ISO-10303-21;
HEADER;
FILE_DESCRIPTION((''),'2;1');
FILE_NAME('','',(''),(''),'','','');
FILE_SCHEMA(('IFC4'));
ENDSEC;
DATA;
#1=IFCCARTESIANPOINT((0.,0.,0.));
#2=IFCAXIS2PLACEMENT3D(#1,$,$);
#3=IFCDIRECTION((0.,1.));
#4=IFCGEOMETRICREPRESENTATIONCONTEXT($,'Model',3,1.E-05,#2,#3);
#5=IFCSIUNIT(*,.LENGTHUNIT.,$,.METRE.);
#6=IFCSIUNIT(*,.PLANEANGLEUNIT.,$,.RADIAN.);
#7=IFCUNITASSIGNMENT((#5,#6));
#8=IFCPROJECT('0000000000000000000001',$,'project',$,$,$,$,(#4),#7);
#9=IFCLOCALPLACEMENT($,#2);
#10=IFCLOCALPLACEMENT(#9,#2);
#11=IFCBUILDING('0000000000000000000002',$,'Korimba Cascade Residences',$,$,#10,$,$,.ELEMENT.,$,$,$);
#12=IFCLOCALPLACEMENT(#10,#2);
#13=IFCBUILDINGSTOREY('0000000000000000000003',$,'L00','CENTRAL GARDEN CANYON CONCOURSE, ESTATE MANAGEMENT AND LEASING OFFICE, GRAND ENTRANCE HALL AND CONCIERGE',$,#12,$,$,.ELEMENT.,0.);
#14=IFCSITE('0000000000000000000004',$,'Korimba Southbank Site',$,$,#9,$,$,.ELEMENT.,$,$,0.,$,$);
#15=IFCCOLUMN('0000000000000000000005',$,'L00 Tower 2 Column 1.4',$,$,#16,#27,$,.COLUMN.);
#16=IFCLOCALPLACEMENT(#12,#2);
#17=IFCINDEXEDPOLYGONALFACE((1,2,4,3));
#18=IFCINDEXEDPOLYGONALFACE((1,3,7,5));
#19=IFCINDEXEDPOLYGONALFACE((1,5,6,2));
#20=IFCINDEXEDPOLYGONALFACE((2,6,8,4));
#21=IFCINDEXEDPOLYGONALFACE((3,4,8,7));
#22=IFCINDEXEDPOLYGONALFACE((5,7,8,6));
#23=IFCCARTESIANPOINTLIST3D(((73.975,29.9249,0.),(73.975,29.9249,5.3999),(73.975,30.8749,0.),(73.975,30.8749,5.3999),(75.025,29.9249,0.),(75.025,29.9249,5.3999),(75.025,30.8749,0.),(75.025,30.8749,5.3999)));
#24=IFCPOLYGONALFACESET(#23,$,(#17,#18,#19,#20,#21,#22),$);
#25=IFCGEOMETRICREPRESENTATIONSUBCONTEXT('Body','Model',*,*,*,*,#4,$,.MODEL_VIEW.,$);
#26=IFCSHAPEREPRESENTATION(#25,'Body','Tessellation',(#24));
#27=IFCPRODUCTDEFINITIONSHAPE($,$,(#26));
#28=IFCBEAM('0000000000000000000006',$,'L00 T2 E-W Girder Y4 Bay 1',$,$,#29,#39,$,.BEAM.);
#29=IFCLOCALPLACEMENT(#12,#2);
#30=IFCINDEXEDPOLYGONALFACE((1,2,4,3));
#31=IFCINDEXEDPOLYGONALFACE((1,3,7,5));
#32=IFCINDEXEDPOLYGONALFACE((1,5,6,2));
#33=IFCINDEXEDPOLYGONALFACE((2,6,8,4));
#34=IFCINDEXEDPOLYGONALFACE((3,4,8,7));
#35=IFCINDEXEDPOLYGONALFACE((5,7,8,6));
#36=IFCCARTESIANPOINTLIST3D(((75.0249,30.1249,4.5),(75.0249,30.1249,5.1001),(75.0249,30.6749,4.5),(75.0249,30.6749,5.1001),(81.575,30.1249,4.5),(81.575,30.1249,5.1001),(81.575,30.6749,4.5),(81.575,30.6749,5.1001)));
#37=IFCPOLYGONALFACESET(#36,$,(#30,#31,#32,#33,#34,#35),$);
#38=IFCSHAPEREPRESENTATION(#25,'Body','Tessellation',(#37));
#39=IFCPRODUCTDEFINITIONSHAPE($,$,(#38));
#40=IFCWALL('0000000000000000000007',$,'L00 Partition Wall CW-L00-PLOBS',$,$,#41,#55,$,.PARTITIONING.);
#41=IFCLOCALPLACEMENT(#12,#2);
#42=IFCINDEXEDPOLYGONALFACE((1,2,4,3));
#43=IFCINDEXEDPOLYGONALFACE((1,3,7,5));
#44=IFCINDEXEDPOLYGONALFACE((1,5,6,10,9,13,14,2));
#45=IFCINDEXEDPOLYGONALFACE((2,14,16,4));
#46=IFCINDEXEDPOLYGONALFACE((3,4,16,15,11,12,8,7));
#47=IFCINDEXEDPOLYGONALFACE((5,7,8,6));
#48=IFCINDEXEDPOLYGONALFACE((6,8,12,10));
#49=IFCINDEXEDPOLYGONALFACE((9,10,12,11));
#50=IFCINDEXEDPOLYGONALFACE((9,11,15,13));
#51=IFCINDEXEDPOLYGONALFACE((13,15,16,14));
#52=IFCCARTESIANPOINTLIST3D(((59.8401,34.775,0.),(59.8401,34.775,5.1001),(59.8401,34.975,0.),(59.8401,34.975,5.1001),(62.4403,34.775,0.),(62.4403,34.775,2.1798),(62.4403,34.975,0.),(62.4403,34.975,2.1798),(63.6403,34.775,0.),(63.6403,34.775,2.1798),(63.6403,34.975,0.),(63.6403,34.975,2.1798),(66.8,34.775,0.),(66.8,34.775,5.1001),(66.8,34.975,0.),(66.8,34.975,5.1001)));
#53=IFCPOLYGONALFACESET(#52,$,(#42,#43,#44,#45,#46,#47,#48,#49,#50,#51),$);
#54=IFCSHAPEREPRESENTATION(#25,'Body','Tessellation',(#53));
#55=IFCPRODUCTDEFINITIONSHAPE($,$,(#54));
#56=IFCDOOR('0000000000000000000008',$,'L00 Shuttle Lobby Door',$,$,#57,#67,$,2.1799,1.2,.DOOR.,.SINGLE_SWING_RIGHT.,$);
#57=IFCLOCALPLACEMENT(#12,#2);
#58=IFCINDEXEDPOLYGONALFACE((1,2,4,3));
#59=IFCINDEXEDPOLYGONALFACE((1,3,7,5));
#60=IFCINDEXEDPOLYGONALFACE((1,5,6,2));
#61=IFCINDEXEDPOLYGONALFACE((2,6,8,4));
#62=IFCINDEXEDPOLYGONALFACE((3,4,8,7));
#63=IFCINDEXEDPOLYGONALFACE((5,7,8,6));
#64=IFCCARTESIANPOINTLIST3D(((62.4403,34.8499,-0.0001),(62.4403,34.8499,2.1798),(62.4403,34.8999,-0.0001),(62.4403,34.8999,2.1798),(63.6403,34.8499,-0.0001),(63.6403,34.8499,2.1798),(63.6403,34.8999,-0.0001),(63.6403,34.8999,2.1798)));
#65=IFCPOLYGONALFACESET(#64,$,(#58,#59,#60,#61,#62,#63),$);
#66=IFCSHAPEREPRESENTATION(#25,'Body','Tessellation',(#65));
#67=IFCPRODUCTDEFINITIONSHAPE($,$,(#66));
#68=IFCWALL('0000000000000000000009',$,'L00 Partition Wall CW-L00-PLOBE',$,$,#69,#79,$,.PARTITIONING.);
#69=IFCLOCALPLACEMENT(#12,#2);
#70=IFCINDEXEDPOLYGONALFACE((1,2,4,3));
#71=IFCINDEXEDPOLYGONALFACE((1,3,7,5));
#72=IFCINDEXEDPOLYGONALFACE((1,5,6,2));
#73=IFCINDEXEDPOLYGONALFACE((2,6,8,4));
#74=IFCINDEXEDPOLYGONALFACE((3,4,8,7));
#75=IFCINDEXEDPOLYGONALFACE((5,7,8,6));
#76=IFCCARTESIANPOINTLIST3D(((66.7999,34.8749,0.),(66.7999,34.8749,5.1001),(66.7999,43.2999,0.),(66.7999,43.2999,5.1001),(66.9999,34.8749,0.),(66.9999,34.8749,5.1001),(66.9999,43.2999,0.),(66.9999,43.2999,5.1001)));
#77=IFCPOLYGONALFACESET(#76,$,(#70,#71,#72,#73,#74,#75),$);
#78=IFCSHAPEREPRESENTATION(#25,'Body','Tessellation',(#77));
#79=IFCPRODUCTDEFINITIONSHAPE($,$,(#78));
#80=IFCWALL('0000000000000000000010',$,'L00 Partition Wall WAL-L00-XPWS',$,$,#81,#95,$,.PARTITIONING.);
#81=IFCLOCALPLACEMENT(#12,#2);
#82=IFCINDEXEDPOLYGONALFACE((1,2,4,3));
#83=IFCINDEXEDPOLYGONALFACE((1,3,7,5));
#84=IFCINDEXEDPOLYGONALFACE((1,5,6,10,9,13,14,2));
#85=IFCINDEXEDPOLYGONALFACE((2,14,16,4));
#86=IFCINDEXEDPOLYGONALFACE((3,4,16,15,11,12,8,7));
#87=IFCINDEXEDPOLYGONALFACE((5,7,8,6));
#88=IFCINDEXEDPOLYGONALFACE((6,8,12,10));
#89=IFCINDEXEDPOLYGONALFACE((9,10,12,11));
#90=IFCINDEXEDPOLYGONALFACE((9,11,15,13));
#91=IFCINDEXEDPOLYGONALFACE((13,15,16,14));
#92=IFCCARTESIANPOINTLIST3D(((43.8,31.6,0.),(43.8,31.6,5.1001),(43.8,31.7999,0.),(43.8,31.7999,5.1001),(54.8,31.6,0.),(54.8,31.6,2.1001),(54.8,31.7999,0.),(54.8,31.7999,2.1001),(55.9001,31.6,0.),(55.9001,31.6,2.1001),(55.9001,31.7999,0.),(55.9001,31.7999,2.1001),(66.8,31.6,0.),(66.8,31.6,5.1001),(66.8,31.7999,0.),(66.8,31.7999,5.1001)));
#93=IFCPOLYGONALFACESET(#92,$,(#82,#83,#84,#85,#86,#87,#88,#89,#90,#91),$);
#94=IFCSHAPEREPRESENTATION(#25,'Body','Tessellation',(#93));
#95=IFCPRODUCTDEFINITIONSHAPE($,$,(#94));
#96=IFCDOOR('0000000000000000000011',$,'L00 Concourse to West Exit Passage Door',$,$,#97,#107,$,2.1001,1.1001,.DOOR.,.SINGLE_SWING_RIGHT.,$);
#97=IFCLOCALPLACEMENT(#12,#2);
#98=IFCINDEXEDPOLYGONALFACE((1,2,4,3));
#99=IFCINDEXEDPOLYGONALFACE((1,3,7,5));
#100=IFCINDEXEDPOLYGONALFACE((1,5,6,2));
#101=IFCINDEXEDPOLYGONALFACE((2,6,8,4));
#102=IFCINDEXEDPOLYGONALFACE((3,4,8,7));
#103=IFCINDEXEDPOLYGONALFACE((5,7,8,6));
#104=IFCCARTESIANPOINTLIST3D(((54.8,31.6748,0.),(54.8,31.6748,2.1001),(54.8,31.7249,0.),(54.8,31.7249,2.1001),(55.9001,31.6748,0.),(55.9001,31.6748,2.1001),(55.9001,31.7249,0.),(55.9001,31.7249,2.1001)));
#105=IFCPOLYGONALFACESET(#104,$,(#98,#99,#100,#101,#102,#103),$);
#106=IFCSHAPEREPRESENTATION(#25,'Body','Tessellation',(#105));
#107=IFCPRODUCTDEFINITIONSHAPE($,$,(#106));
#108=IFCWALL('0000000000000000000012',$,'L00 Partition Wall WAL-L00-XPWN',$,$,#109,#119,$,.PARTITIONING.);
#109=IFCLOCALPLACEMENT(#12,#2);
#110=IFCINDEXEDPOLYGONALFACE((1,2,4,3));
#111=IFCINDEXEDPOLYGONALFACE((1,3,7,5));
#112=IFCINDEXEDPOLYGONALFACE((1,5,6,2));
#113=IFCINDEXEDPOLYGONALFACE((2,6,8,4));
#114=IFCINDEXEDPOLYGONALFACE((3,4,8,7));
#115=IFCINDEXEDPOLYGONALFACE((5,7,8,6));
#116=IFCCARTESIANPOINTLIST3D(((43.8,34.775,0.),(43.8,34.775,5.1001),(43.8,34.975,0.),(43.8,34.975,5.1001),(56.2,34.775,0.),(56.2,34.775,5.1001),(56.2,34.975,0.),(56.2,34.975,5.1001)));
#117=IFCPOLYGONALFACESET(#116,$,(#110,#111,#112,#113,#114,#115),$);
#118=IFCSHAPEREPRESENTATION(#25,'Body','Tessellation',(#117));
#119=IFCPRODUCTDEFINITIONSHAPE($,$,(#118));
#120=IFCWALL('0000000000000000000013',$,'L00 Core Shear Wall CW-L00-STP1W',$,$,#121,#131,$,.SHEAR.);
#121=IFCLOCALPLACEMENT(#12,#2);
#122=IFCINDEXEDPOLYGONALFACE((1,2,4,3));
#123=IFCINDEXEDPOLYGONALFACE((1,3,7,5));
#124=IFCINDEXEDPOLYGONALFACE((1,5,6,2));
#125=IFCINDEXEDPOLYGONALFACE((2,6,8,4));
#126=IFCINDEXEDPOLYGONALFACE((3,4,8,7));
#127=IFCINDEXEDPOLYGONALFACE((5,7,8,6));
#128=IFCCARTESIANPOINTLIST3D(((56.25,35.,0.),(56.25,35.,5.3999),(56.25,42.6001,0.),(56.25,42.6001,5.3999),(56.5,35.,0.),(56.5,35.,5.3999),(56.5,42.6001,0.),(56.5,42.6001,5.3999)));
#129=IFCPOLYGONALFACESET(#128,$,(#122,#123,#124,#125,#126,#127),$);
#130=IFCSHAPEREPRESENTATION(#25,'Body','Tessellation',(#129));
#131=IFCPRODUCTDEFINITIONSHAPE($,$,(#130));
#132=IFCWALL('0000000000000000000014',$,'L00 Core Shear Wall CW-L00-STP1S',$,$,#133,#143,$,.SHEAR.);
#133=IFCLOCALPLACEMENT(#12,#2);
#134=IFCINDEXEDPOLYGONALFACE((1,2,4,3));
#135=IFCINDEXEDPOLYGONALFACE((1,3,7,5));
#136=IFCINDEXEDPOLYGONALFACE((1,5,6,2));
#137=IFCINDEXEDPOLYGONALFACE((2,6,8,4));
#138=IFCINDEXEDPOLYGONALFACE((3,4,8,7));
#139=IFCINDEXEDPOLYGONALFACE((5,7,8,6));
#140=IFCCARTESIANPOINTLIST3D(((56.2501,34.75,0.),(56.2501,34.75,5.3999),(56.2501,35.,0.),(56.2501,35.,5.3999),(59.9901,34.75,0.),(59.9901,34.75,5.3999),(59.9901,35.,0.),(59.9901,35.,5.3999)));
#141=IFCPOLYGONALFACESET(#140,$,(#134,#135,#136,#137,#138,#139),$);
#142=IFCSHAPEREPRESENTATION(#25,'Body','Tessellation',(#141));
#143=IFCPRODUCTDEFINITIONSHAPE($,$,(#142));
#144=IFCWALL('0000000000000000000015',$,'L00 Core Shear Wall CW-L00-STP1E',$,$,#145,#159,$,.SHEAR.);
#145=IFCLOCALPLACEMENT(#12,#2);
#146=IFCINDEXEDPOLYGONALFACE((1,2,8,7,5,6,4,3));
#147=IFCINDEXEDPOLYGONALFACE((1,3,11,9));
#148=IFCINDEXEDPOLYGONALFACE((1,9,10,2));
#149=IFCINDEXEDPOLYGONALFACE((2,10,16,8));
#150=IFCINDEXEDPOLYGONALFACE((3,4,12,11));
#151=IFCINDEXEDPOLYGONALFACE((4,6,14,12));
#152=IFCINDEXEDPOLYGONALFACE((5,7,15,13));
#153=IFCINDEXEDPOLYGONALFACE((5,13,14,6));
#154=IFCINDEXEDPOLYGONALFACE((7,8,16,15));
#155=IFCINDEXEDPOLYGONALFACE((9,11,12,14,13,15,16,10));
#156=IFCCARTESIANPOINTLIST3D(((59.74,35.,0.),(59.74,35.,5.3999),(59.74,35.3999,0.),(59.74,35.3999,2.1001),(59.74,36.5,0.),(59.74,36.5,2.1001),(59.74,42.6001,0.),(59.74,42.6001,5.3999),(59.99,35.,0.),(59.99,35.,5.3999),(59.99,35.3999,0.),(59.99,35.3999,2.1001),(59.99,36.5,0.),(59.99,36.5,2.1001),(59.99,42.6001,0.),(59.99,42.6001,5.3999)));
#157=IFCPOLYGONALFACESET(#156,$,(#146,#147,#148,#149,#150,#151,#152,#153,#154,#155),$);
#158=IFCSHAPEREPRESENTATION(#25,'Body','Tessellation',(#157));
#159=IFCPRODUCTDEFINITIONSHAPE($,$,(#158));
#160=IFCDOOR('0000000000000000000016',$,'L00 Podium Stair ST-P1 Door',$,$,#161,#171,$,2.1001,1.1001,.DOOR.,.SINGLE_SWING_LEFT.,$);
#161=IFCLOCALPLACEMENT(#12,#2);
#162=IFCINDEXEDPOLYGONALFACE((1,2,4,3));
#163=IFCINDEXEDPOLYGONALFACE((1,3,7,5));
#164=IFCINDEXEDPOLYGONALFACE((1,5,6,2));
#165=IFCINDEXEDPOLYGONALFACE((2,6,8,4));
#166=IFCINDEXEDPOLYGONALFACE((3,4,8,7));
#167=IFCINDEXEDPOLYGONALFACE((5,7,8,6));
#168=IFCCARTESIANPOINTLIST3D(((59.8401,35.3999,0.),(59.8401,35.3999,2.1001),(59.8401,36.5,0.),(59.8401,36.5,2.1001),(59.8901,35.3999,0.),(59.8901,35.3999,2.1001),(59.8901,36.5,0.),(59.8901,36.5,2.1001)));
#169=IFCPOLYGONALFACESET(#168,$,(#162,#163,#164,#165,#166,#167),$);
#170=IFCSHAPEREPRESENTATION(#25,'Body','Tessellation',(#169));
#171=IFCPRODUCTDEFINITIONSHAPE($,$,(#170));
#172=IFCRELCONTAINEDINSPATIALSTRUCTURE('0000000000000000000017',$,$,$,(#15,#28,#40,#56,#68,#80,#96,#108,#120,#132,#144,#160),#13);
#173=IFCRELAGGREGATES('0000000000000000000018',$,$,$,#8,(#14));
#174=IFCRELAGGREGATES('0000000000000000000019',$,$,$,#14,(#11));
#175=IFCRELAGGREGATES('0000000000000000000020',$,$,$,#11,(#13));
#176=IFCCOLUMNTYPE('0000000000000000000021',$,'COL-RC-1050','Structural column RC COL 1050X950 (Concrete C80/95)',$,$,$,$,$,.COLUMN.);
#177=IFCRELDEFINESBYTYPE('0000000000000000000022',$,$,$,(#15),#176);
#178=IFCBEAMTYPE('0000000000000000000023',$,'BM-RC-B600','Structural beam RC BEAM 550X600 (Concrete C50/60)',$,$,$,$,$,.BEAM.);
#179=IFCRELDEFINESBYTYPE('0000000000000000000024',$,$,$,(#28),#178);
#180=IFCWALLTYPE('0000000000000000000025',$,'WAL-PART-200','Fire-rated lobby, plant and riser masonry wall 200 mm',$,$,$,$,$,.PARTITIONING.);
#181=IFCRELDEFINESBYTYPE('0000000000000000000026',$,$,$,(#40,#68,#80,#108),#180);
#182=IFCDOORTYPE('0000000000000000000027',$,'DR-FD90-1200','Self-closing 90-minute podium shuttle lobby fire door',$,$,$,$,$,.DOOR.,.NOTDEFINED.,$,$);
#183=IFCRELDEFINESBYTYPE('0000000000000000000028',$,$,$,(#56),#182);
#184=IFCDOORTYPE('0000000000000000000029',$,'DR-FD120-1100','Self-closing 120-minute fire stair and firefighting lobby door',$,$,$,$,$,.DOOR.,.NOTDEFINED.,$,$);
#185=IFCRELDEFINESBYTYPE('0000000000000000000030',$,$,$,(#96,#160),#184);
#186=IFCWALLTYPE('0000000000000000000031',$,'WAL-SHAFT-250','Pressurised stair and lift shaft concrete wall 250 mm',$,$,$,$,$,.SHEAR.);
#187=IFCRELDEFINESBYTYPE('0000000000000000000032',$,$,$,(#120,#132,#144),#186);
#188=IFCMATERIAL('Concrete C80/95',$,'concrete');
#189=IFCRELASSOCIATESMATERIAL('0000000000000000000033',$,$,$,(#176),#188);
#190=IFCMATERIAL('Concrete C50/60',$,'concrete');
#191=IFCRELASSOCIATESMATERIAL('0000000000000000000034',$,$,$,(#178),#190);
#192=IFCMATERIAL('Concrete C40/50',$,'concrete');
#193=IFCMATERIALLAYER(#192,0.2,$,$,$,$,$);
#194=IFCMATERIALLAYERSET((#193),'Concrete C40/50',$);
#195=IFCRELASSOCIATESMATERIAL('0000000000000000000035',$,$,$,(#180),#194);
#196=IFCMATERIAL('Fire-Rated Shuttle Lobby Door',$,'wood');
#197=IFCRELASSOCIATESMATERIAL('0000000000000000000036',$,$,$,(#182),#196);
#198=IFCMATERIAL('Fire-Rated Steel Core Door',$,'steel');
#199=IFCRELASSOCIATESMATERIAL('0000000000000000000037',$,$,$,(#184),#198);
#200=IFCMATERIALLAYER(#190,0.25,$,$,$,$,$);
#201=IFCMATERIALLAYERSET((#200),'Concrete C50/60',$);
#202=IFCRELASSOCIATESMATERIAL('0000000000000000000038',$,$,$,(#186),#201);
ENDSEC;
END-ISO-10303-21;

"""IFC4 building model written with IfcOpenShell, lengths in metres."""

from ifc_helpers import new_model, si_unit, direction, frame, frame_2d, origin, origin_2d, place, context, subcontext, project, spatial, rectangle, extrude, material, layer, layer_set, material_profile, profile_set, type_object, element, fill, save


model = new_model("IFC4")

# Units and contexts
model_context = context("Model", 3, precision=1e-05, world=origin(), true_north=direction((0.0, 1.0)))
body_context = subcontext(model_context, "Body", "Model", "MODEL_VIEW")
ifc_project = project(units=[si_unit("LENGTHUNIT", "METRE"), si_unit("PLANEANGLEUNIT", "RADIAN")], contexts=[model_context])

# Site, building, storey
site_placement = place(None, origin())
site = spatial("IfcSite", under=ifc_project, at=site_placement, Name="Korimba Southbank Site", CompositionType="ELEMENT", RefElevation=0.0)
building_placement = place(site_placement, origin())
building = spatial("IfcBuilding", under=site, at=building_placement, Name="Korimba Cascade Residences", CompositionType="ELEMENT")
storey_placement = place(building_placement, origin())
storey = spatial("IfcBuildingStorey", under=building, at=storey_placement, Name="L00", Description="CENTRAL GARDEN CANYON CONCOURSE, ESTATE MANAGEMENT AND LEASING OFFICE, GRAND ENTRANCE HALL AND CONCIERGE", CompositionType="ELEMENT", Elevation=0.0)

# Column
ifc_material_1 = material(Name="Concrete C80/95", Category="concrete")
ifc_material_profile_1 = material_profile(ifc_material_1, rectangle(XDim=1.05, YDim=0.95, at=origin_2d()), Name="Concrete C80/95")
ifc_profile_set_1 = profile_set([ifc_material_profile_1], Name="Concrete C80/95")
column_type = type_object("IfcColumnType", Name="COL-RC-1050", Description="Structural column RC COL 1050X950 (Concrete C80/95)", PredefinedType="COLUMN", material=ifc_profile_set_1)
column_placement = place(storey_placement, frame((74.5, 30.3999, 0.0), z_axis=(0.0, 0.0, 1.0), x_axis=(1.0, 0.0, 0.0)))
element("IfcColumn", 1, at=column_placement, inside=storey, type_object=column_type, Name="L00 Tower 2 Column 1.4", PredefinedType="COLUMN", context=body_context, shape_type="SweptSolid", body=[
    extrude(rectangle(XDim=1.05, YDim=0.95, at=origin_2d()), origin(), (0.0, 0.0, 1.0), 5.3999),
])

# Beam
ifc_material_2 = material(Name="Concrete C50/60", Category="concrete")
ifc_material_profile_2 = material_profile(ifc_material_2, rectangle(XDim=0.55, YDim=0.6001, at=origin_2d()), Name="Concrete C50/60")
ifc_profile_set_2 = profile_set([ifc_material_profile_2], Name="Concrete C50/60")
beam_type = type_object("IfcBeamType", Name="BM-RC-B600", Description="Structural beam RC BEAM 550X600 (Concrete C50/60)", PredefinedType="BEAM", material=ifc_profile_set_2)
beam_placement = place(storey_placement, frame((75.0249, 30.3999, 4.8), z_axis=(1.0, 0.0, 0.0), x_axis=(0.0, 1.0, 0.0)))
element("IfcBeam", 2, at=beam_placement, inside=storey, type_object=beam_type, Name="L00 T2 E-W Girder Y4 Bay 1", PredefinedType="BEAM", context=body_context, shape_type="SweptSolid", body=[
    extrude(rectangle(XDim=0.55, YDim=0.6001, at=origin_2d()), origin(), (0.0, 0.0, 1.0), 6.55),
])

# Wall, opening, door
ifc_material_3 = material(Name="Concrete C40/50", Category="concrete")
ifc_layer_1 = layer(ifc_material_3, 0.2)
ifc_layer_set_1 = layer_set([ifc_layer_1], Name="Concrete C40/50")
wall_type_1 = type_object("IfcWallType", Name="WAL-PART-200", Description="Fire-rated lobby, plant and riser masonry wall 200 mm", PredefinedType="PARTITIONING", material=ifc_layer_set_1)
wall_1_placement = place(storey_placement, frame((59.8401, 34.875, 0.0), z_axis=(0.0, 0.0, 1.0), x_axis=(1.0, 0.0, 0.0)))
wall_1 = element("IfcWall", 3, at=wall_1_placement, inside=storey, type_object=wall_type_1, Name="L00 Partition Wall CW-L00-PLOBS", PredefinedType="PARTITIONING", context=body_context, shape_type="SweptSolid", body=[
    extrude(rectangle(XDim=6.96, YDim=0.2, at=frame_2d((3.48, 0.0))), origin(), (0.0, 0.0, 1.0), 5.1001),
])
opening_1_placement = place(wall_1_placement, frame((2.6001, 0.0, 0.0)))
opening_1 = element("IfcOpeningElement", 4, at=opening_1_placement, cuts=wall_1, PredefinedType="OPENING", context=body_context, shape_type="SweptSolid", body=[
    extrude(rectangle(XDim=1.2, YDim=2.1799, at=frame_2d((0.6001, 1.0898))), frame((0.0, 0.1099, 0.0), z_axis=(0.0, -1.0, 0.0), x_axis=(1.0, 0.0, 0.0)), (0.0, 0.0, 1.0), 0.22),
])
ifc_material_4 = material(Name="Fire-Rated Shuttle Lobby Door", Category="wood")
door_type_1 = type_object("IfcDoorType", Name="DR-FD90-1200", Description="Self-closing 90-minute podium shuttle lobby fire door", OperationType="NOTDEFINED", PredefinedType="DOOR", material=ifc_material_4)
door_1_placement = place(opening_1_placement, origin())
door_1 = element("IfcDoor", 5, at=door_1_placement, inside=storey, type_object=door_type_1, Name="L00 Shuttle Lobby Door", OperationType="SINGLE_SWING_RIGHT", OverallHeight=2.1799, OverallWidth=1.2, PredefinedType="DOOR", context=body_context, shape_type="SweptSolid", body=[
    extrude(rectangle(XDim=1.2, YDim=2.1799, at=frame_2d((0.6001, 1.0898))), frame((0.0, 0.0249, 0.0), z_axis=(0.0, -1.0, 0.0), x_axis=(1.0, 0.0, 0.0)), (0.0, 0.0, 1.0), 0.05),
])
fill(opening_1, door_1)

# Wall
wall_2_placement = place(storey_placement, frame((66.8999, 34.875, 0.0), z_axis=(0.0, 0.0, 1.0), x_axis=(0.0, 1.0, 0.0)))
element("IfcWall", 6, at=wall_2_placement, inside=storey, type_object=wall_type_1, Name="L00 Partition Wall CW-L00-PLOBE", PredefinedType="PARTITIONING", context=body_context, shape_type="SweptSolid", body=[
    extrude(rectangle(XDim=8.425, YDim=0.2, at=frame_2d((4.2124, 0.0))), origin(), (0.0, 0.0, 1.0), 5.1001),
])

# Wall, opening, door
wall_3_placement = place(storey_placement, frame((43.8, 31.7, 0.0), z_axis=(0.0, 0.0, 1.0), x_axis=(1.0, 0.0, 0.0)))
wall_3 = element("IfcWall", 7, at=wall_3_placement, inside=storey, type_object=wall_type_1, Name="L00 Partition Wall WAL-L00-XPWS", PredefinedType="PARTITIONING", context=body_context, shape_type="SweptSolid", body=[
    extrude(rectangle(XDim=23.0, YDim=0.2, at=frame_2d((11.5, 0.0))), origin(), (0.0, 0.0, 1.0), 5.1001),
])
opening_2_placement = place(wall_3_placement, frame((11.0, 0.0, 0.0)))
opening_2 = element("IfcOpeningElement", 8, at=opening_2_placement, cuts=wall_3, PredefinedType="OPENING", context=body_context, shape_type="SweptSolid", body=[
    extrude(rectangle(XDim=1.1001, YDim=2.1001, at=frame_2d((0.55, 1.05))), frame((0.0, 0.1099, 0.0), z_axis=(0.0, -1.0, 0.0), x_axis=(1.0, 0.0, 0.0)), (0.0, 0.0, 1.0), 0.22),
])
ifc_material_5 = material(Name="Fire-Rated Steel Core Door", Category="steel")
door_type_2 = type_object("IfcDoorType", Name="DR-FD120-1100", Description="Self-closing 120-minute fire stair and firefighting lobby door", OperationType="NOTDEFINED", PredefinedType="DOOR", material=ifc_material_5)
door_2_placement = place(opening_2_placement, origin())
door_2 = element("IfcDoor", 9, at=door_2_placement, inside=storey, type_object=door_type_2, Name="L00 Concourse to West Exit Passage Door", OperationType="SINGLE_SWING_RIGHT", OverallHeight=2.1001, OverallWidth=1.1001, PredefinedType="DOOR", context=body_context, shape_type="SweptSolid", body=[
    extrude(rectangle(XDim=1.1001, YDim=2.1001, at=frame_2d((0.55, 1.05))), frame((0.0, 0.0249, 0.0), z_axis=(0.0, -1.0, 0.0), x_axis=(1.0, 0.0, 0.0)), (0.0, 0.0, 1.0), 0.05),
])
fill(opening_2, door_2)

# Walls
wall_4_placement = place(storey_placement, frame((43.8, 34.875, 0.0), z_axis=(0.0, 0.0, 1.0), x_axis=(1.0, 0.0, 0.0)))
element("IfcWall", 10, at=wall_4_placement, inside=storey, type_object=wall_type_1, Name="L00 Partition Wall WAL-L00-XPWN", PredefinedType="PARTITIONING", context=body_context, shape_type="SweptSolid", body=[
    extrude(rectangle(XDim=12.3999, YDim=0.2, at=frame_2d((6.2, 0.0))), origin(), (0.0, 0.0, 1.0), 5.1001),
])
ifc_layer_2 = layer(ifc_material_2, 0.25)
ifc_layer_set_2 = layer_set([ifc_layer_2], Name="Concrete C50/60")
wall_type_2 = type_object("IfcWallType", Name="WAL-SHAFT-250", Description="Pressurised stair and lift shaft concrete wall 250 mm", PredefinedType="SHEAR", material=ifc_layer_set_2)
wall_5_placement = place(storey_placement, frame((56.375, 35.0, 0.0), z_axis=(0.0, 0.0, 1.0), x_axis=(0.0, 1.0, 0.0)))
element("IfcWall", 11, at=wall_5_placement, inside=storey, type_object=wall_type_2, Name="L00 Core Shear Wall CW-L00-STP1W", PredefinedType="SHEAR", context=body_context, shape_type="SweptSolid", body=[
    extrude(rectangle(XDim=7.6001, YDim=0.25, at=frame_2d((3.8, 0.0))), origin(), (0.0, 0.0, 1.0), 5.3999),
])
wall_6_placement = place(storey_placement, frame((56.25, 34.875, 0.0), z_axis=(0.0, 0.0, 1.0), x_axis=(1.0, 0.0, 0.0)))
element("IfcWall", 12, at=wall_6_placement, inside=storey, type_object=wall_type_2, Name="L00 Core Shear Wall CW-L00-STP1S", PredefinedType="SHEAR", context=body_context, shape_type="SweptSolid", body=[
    extrude(rectangle(XDim=3.74, YDim=0.25, at=frame_2d((1.8701, 0.0))), origin(), (0.0, 0.0, 1.0), 5.3999),
])

# Wall, opening, door
wall_7_placement = place(storey_placement, frame((59.865, 35.0, 0.0), z_axis=(0.0, 0.0, 1.0), x_axis=(0.0, 1.0, 0.0)))
wall_7 = element("IfcWall", 13, at=wall_7_placement, inside=storey, type_object=wall_type_2, Name="L00 Core Shear Wall CW-L00-STP1E", PredefinedType="SHEAR", context=body_context, shape_type="SweptSolid", body=[
    extrude(rectangle(XDim=7.6001, YDim=0.25, at=frame_2d((3.8, 0.0))), origin(), (0.0, 0.0, 1.0), 5.3999),
])
opening_3_placement = place(wall_7_placement, frame((0.3999, 0.0, 0.0)))
opening_3 = element("IfcOpeningElement", 14, at=opening_3_placement, cuts=wall_7, PredefinedType="OPENING", context=body_context, shape_type="SweptSolid", body=[
    extrude(rectangle(XDim=1.1001, YDim=2.1001, at=frame_2d((0.55, 1.05))), frame((0.0, 0.135, 0.0), z_axis=(0.0, -1.0, 0.0), x_axis=(1.0, 0.0, 0.0)), (0.0, 0.0, 1.0), 0.27),
])
door_3_placement = place(opening_3_placement, origin())
door_3 = element("IfcDoor", 15, at=door_3_placement, inside=storey, type_object=door_type_2, Name="L00 Podium Stair ST-P1 Door", OperationType="SINGLE_SWING_LEFT", OverallHeight=2.1001, OverallWidth=1.1001, PredefinedType="DOOR", context=body_context, shape_type="SweptSolid", body=[
    extrude(rectangle(XDim=1.1001, YDim=2.1001, at=frame_2d((0.55, 1.05))), frame((0.0, 0.0249, 0.0), z_axis=(0.0, -1.0, 0.0), x_axis=(1.0, 0.0, 0.0)), (0.0, 0.0, 1.0), 0.05),
])
fill(opening_3, door_3)

save(model, "model.ifc")
